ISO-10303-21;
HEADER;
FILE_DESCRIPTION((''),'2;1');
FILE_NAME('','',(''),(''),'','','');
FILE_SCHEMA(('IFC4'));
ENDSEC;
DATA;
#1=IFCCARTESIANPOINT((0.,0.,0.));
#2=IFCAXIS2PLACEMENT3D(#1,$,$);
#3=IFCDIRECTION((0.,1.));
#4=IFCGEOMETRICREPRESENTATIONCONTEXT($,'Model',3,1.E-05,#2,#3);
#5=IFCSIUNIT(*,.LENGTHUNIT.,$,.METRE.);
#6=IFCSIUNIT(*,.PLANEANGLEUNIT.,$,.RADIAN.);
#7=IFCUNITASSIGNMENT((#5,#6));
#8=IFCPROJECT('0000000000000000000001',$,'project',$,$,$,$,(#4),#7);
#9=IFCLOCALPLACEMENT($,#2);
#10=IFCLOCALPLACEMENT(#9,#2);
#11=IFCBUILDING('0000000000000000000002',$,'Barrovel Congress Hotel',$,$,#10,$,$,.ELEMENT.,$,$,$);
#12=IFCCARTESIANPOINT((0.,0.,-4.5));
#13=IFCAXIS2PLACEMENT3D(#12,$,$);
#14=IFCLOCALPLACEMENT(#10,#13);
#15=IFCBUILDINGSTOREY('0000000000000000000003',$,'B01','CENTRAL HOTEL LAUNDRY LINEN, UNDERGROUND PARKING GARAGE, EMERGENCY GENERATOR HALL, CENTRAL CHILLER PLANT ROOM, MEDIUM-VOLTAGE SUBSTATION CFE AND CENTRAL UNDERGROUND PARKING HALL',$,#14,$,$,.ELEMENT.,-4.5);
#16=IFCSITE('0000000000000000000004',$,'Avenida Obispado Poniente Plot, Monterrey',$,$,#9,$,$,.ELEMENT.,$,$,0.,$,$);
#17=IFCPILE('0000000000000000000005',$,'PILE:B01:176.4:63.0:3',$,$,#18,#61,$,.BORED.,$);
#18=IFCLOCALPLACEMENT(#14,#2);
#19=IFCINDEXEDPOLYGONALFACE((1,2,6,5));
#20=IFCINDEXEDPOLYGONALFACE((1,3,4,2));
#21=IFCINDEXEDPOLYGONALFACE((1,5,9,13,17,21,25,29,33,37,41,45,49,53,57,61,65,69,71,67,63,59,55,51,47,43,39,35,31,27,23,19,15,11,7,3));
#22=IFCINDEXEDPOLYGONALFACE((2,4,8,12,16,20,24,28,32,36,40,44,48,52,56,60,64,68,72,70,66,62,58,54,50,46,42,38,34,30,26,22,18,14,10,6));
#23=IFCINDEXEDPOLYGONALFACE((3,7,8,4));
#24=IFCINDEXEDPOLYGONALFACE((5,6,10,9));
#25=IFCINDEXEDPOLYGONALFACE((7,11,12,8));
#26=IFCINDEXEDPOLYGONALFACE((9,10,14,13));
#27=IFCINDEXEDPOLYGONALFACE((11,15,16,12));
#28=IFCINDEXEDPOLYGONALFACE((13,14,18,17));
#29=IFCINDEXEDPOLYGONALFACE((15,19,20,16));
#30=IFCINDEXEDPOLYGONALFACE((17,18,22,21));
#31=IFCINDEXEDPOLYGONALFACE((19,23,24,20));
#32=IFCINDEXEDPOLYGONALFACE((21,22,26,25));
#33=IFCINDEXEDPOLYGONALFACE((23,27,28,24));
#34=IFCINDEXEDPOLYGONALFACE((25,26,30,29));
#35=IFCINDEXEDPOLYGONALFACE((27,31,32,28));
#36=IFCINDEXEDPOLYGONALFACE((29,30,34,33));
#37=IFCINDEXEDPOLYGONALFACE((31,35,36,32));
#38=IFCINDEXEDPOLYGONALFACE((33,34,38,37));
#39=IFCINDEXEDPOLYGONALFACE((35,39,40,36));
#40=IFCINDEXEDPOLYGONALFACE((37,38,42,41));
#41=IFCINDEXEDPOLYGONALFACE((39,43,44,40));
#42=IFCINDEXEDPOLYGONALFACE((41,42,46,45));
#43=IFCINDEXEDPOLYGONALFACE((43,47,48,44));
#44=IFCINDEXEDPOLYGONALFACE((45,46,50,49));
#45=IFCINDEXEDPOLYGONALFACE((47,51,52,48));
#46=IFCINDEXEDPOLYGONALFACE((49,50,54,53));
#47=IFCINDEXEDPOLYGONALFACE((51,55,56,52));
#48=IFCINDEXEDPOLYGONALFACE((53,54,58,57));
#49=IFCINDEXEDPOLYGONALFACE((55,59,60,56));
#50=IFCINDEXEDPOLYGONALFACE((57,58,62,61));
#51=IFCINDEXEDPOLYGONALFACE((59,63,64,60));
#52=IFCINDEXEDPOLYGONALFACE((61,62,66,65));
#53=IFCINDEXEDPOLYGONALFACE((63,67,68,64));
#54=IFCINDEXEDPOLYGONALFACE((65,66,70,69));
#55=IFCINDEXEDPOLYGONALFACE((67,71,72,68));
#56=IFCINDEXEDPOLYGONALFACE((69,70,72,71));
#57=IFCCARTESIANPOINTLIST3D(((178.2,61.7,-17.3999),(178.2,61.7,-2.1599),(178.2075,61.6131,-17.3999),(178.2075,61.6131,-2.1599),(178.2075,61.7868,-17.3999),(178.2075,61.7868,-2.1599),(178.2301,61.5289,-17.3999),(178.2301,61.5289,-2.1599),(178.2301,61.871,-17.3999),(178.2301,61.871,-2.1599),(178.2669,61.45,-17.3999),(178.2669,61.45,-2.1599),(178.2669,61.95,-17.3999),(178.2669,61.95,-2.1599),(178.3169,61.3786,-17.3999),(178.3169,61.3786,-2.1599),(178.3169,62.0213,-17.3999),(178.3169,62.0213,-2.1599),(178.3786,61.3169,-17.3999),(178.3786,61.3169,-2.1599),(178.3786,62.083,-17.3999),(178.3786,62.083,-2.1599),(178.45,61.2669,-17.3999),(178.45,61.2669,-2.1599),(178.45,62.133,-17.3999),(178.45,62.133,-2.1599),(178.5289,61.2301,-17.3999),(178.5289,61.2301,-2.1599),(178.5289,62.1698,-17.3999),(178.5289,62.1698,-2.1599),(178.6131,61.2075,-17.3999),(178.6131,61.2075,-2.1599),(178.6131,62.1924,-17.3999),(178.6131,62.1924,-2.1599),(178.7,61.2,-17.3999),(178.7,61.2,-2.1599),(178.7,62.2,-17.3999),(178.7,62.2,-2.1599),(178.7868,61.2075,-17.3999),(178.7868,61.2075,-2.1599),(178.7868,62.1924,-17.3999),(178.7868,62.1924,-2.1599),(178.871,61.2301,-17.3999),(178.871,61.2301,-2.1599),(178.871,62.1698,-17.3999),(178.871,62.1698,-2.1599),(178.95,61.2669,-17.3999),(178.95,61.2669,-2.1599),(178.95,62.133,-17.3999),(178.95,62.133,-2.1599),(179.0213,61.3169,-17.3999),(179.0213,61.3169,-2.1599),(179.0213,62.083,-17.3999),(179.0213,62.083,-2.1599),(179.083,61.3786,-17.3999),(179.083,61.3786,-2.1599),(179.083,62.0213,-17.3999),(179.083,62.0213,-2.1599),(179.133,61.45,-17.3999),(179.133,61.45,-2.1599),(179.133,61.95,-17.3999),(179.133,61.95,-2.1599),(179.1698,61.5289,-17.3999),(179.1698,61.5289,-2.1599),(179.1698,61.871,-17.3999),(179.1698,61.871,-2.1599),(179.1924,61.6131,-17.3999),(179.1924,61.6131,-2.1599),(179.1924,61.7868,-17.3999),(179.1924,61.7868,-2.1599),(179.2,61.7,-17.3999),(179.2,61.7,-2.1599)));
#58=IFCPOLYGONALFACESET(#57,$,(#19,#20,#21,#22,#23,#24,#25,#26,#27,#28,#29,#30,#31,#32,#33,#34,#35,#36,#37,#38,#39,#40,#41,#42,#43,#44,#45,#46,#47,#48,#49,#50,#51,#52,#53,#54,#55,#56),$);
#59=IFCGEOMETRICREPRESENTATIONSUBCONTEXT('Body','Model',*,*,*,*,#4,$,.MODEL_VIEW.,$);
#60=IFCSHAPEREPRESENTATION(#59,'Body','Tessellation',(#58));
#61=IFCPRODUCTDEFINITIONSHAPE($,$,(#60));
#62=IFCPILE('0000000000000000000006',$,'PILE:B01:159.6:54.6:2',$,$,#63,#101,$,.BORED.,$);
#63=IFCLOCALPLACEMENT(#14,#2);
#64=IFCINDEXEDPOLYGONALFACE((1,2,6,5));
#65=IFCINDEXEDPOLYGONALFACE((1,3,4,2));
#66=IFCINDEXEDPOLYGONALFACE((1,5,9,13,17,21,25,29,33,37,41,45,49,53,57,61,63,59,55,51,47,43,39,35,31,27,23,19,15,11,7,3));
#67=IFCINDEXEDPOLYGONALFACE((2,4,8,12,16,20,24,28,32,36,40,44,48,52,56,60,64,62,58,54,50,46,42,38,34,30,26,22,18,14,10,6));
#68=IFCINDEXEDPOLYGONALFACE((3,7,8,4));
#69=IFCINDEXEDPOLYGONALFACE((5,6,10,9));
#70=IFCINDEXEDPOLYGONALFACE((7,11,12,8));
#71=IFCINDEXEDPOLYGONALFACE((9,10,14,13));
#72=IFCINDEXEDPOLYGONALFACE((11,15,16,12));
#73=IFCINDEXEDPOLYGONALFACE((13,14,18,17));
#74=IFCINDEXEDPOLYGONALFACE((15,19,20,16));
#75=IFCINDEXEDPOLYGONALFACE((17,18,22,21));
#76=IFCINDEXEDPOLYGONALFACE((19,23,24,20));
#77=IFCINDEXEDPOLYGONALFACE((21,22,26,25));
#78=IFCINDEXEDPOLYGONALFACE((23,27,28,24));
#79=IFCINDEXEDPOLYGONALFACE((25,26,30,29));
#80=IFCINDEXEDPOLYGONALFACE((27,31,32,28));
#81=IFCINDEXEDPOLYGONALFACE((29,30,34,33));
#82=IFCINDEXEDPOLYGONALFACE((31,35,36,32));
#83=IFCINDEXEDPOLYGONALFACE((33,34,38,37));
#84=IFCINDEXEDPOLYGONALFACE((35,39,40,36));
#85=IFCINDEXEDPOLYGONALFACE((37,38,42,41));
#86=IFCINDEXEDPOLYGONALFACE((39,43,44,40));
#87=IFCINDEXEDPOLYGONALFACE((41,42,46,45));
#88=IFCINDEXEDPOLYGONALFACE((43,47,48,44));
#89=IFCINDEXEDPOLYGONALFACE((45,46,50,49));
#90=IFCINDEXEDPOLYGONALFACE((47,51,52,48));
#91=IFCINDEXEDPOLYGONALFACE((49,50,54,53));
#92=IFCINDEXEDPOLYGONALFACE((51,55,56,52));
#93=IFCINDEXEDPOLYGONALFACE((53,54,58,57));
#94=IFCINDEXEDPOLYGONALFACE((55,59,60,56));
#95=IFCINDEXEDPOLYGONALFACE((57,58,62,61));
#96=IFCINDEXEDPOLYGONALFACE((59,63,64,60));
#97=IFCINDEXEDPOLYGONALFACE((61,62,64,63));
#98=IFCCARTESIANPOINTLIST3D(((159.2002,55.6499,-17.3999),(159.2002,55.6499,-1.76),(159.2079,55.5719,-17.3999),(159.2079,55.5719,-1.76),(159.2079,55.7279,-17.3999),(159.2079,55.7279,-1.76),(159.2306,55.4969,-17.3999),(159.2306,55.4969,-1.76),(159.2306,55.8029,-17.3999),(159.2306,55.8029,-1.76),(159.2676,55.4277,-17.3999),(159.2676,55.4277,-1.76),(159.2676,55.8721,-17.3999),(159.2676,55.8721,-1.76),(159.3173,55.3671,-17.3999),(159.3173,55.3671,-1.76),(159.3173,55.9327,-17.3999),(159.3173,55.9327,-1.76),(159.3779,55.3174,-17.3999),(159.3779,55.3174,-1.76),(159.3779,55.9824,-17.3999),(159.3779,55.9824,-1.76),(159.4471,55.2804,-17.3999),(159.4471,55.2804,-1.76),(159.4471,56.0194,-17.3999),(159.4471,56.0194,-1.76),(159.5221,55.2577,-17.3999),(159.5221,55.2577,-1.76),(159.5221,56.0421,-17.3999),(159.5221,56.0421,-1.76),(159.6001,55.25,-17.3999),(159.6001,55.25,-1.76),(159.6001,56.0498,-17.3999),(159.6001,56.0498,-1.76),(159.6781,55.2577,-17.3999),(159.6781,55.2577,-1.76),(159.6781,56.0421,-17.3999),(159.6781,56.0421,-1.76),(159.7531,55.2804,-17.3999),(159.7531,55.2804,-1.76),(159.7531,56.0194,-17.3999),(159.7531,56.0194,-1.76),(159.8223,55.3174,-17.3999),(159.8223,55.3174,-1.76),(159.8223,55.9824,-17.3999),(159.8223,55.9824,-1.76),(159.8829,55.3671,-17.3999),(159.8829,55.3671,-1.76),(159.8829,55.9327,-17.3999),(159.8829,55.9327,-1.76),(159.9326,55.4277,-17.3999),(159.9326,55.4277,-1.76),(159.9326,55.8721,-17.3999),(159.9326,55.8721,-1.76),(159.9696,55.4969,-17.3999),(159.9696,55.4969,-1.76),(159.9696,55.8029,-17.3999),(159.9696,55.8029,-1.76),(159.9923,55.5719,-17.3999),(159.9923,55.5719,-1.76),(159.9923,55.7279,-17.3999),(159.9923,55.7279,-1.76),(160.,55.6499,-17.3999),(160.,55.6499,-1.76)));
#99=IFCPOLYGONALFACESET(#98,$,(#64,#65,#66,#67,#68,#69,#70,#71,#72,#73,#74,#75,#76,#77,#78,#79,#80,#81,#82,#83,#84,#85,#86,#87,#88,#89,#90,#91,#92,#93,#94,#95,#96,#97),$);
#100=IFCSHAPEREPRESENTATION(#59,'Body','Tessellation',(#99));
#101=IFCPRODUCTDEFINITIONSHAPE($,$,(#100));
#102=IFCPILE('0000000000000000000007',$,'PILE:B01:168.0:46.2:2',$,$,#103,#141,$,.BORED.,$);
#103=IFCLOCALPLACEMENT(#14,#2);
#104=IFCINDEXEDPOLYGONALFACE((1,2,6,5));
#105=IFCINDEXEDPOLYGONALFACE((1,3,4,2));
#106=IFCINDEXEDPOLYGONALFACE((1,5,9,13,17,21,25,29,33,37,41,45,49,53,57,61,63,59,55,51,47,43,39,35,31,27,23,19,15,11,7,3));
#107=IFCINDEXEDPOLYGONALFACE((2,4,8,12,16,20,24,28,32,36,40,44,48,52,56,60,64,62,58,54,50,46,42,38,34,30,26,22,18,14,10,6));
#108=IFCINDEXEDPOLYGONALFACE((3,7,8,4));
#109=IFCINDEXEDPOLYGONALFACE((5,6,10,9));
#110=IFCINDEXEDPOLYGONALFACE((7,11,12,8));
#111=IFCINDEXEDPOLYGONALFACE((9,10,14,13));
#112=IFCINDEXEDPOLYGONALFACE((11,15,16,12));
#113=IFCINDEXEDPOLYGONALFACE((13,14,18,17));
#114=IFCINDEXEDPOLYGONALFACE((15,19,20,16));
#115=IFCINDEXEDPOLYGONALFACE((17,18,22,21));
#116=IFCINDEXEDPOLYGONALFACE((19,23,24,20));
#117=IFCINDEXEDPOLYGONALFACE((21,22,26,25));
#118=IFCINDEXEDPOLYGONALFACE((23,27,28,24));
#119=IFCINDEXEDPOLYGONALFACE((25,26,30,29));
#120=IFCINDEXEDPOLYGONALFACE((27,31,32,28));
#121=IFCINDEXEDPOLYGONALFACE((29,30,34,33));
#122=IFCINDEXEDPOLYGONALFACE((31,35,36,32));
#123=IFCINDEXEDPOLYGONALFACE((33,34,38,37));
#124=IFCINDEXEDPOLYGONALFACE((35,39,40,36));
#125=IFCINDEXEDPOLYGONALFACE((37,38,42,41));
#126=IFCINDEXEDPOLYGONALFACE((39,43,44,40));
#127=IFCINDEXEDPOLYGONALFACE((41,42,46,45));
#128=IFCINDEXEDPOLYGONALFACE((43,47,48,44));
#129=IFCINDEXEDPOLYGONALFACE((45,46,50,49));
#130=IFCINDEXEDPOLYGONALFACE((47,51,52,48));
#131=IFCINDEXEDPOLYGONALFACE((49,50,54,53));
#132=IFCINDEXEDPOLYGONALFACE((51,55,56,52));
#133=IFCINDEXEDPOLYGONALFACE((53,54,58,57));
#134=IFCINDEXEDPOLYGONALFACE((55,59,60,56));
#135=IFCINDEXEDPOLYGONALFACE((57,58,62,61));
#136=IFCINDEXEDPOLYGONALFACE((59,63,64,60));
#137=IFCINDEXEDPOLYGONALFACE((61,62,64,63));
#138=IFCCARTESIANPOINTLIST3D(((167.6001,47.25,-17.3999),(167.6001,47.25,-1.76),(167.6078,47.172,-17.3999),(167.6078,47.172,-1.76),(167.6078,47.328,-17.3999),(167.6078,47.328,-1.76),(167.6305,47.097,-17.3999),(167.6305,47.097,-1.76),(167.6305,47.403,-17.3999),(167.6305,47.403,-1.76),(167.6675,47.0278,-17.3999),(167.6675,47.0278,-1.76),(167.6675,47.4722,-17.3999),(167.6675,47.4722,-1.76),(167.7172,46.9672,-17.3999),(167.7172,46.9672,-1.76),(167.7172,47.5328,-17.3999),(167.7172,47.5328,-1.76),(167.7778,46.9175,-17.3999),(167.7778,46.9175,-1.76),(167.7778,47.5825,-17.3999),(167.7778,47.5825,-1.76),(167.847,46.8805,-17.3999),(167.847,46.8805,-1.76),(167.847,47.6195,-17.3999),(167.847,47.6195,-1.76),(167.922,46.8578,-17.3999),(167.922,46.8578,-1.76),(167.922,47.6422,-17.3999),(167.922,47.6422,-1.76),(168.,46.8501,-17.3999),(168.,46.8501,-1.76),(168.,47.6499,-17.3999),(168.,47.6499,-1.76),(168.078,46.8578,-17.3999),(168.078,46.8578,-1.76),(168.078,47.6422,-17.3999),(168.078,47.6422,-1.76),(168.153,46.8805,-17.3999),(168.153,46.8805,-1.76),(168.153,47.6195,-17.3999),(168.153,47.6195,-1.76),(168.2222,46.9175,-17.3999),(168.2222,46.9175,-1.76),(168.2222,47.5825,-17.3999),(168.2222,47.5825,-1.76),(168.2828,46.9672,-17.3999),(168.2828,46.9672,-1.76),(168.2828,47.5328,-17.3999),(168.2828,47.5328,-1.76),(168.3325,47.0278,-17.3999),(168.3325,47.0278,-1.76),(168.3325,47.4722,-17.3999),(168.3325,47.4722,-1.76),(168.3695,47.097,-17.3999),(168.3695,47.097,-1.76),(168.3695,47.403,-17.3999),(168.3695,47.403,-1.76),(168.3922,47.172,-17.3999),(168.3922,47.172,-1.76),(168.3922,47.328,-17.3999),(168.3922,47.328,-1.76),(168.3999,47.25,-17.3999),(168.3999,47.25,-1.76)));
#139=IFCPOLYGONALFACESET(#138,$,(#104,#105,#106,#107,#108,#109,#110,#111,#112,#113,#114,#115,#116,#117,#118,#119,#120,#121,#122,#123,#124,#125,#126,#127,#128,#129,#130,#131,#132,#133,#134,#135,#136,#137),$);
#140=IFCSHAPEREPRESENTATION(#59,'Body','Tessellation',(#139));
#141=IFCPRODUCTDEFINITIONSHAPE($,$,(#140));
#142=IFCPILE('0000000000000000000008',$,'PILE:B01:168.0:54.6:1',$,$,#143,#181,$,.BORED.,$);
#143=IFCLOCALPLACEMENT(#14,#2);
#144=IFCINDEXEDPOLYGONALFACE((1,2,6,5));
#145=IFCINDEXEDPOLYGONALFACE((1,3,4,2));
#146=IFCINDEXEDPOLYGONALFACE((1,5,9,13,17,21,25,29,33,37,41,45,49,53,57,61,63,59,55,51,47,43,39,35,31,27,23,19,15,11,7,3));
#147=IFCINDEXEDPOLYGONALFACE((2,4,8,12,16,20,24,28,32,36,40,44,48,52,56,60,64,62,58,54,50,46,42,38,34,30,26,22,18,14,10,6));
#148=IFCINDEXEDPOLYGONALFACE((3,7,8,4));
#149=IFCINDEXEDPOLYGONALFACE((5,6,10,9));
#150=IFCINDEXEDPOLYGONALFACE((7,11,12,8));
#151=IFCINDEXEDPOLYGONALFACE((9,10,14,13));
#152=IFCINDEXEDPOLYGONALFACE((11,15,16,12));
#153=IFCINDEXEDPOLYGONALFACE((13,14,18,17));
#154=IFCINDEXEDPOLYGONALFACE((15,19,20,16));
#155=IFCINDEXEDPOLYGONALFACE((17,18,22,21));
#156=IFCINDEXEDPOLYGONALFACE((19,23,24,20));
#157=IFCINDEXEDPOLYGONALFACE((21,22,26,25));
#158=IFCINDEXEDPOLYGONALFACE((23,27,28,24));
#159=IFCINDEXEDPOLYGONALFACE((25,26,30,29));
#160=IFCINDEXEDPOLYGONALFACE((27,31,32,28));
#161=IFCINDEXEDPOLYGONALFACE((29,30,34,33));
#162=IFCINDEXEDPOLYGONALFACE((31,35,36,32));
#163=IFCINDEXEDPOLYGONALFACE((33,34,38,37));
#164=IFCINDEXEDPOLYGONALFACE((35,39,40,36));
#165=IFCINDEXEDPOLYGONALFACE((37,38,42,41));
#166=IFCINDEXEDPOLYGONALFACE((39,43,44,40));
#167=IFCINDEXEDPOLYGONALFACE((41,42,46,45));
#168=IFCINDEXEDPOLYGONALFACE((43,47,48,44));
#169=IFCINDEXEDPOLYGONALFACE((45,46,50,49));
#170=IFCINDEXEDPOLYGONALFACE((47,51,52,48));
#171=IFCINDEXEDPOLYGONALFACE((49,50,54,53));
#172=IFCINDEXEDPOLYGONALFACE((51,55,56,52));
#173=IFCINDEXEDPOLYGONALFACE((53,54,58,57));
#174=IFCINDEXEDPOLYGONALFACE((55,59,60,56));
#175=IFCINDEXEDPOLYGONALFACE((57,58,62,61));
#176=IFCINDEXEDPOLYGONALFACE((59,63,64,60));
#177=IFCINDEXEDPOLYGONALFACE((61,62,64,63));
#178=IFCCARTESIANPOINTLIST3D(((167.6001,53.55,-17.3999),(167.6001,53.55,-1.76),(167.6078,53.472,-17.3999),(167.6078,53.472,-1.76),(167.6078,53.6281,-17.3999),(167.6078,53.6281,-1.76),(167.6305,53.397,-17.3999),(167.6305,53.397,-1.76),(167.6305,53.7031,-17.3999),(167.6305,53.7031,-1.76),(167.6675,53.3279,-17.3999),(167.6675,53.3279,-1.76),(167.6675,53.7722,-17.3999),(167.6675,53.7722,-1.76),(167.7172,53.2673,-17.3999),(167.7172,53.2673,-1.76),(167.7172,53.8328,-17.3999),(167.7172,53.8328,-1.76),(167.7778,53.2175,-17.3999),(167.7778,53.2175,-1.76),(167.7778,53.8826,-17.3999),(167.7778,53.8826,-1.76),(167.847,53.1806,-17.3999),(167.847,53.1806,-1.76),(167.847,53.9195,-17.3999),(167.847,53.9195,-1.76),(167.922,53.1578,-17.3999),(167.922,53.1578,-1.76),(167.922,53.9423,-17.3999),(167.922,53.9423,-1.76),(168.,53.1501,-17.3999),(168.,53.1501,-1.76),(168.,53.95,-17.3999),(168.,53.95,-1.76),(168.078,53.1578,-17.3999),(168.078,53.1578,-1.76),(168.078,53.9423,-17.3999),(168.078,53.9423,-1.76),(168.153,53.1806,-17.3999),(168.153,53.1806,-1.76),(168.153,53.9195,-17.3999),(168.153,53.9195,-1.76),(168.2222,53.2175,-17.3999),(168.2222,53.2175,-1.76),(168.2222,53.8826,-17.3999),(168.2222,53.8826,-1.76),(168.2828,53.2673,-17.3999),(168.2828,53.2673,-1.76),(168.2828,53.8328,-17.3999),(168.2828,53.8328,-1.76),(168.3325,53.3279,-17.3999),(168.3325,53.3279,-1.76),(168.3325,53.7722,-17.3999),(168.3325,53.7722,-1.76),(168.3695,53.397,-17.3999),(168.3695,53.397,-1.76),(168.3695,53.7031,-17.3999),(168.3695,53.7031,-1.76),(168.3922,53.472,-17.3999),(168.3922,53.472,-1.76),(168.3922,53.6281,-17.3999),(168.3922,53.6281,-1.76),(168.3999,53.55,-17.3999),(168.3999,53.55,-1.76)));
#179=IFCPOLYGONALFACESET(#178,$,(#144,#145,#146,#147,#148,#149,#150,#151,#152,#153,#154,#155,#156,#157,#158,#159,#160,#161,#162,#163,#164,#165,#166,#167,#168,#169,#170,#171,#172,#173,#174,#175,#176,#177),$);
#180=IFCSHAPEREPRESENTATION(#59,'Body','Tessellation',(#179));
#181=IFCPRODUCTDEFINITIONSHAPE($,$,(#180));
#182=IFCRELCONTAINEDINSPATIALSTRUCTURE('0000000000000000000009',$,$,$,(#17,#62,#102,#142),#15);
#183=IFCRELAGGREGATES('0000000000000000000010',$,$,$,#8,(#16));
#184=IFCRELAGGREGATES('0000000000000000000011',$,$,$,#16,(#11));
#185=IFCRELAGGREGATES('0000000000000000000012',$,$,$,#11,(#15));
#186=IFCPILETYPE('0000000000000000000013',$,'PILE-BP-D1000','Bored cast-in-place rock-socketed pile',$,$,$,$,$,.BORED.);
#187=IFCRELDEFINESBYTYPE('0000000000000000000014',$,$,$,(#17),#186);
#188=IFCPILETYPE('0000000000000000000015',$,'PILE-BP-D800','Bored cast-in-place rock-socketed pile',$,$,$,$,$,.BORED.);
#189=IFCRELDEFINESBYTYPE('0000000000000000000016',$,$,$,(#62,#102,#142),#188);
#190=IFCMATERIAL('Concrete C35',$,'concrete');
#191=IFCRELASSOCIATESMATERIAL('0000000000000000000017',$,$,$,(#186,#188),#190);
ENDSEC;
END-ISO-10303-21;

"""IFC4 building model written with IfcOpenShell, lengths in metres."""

from ifc_helpers import new_model, si_unit, direction, frame, origin, origin_2d, place, context, subcontext, project, spatial, circle, extrude, material, material_profile, profile_set, type_object, element, save


model = new_model("IFC4")

# Units and contexts
model_context = context("Model", 3, precision=1e-05, world=origin(), true_north=direction((0.0, 1.0)))
body_context = subcontext(model_context, "Body", "Model", "MODEL_VIEW")
ifc_project = project(units=[si_unit("LENGTHUNIT", "METRE"), si_unit("PLANEANGLEUNIT", "RADIAN")], contexts=[model_context])

# Site, building, storey
site_placement = place(None, origin())
site = spatial("IfcSite", under=ifc_project, at=site_placement, Name="Avenida Obispado Poniente Plot, Monterrey", CompositionType="ELEMENT", RefElevation=0.0)
building_placement = place(site_placement, origin())
building = spatial("IfcBuilding", under=site, at=building_placement, Name="Barrovel Congress Hotel", CompositionType="ELEMENT")
storey_placement = place(building_placement, frame((0.0, 0.0, -4.5)))
storey = spatial("IfcBuildingStorey", under=building, at=storey_placement, Name="B01", Description="CENTRAL HOTEL LAUNDRY LINEN, UNDERGROUND PARKING GARAGE, EMERGENCY GENERATOR HALL, CENTRAL CHILLER PLANT ROOM, MEDIUM-VOLTAGE SUBSTATION CFE AND CENTRAL UNDERGROUND PARKING HALL", CompositionType="ELEMENT", Elevation=-4.5)

# Piles
ifc_material_1 = material(Name="Concrete C35", Category="concrete")
ifc_material_profile_1 = material_profile(ifc_material_1, circle(Radius=0.5, at=origin_2d()), Name="BP-D1000")
ifc_profile_set_1 = profile_set([ifc_material_profile_1], Name="Concrete C35")
pile_type_1 = type_object("IfcPileType", Name="PILE-BP-D1000", Description="Bored cast-in-place rock-socketed pile", PredefinedType="BORED", material=ifc_profile_set_1)
for number, where, z_axis, x_axis, name in (
    (1, (178.7, 61.7, -2.1599), (0.0, 0.0, -1.0), (1.0, 0.0, 0.0), "PILE:B01:176.4:63.0:3"),
):
    element("IfcPile", number, at=place(storey_placement, frame(where, z_axis=z_axis, x_axis=x_axis)), inside=storey, type_object=pile_type_1, Name=name, PredefinedType="BORED", context=body_context, shape_type="SweptSolid", body=[
        extrude(circle(Radius=0.5, at=origin_2d()), origin(), (0.0, 0.0, 1.0), 15.24),
    ])
ifc_material_profile_2 = material_profile(ifc_material_1, circle(Radius=0.3999, at=origin_2d()), Name="BP-D800")
ifc_profile_set_2 = profile_set([ifc_material_profile_2], Name="Concrete C35")
pile_type_2 = type_object("IfcPileType", Name="PILE-BP-D800", Description="Bored cast-in-place rock-socketed pile", PredefinedType="BORED", material=ifc_profile_set_2)
for number, where, z_axis, x_axis, name in (
    (2, (159.6001, 55.6499, -1.76), (0.0, 0.0, -1.0), (1.0, 0.0, 0.0), "PILE:B01:159.6:54.6:2"),
    (3, (168.0, 47.25, -1.76), (0.0, 0.0, -1.0), (1.0, 0.0, 0.0), "PILE:B01:168.0:46.2:2"),
    (4, (168.0, 53.55, -1.76), (0.0, 0.0, -1.0), (1.0, 0.0, 0.0), "PILE:B01:168.0:54.6:1"),
):
    element("IfcPile", number, at=place(storey_placement, frame(where, z_axis=z_axis, x_axis=x_axis)), inside=storey, type_object=pile_type_2, Name=name, PredefinedType="BORED", context=body_context, shape_type="SweptSolid", body=[
        extrude(circle(Radius=0.3999, at=origin_2d()), origin(), (0.0, 0.0, 1.0), 15.6399),
    ])

save(model, "model.ifc")
